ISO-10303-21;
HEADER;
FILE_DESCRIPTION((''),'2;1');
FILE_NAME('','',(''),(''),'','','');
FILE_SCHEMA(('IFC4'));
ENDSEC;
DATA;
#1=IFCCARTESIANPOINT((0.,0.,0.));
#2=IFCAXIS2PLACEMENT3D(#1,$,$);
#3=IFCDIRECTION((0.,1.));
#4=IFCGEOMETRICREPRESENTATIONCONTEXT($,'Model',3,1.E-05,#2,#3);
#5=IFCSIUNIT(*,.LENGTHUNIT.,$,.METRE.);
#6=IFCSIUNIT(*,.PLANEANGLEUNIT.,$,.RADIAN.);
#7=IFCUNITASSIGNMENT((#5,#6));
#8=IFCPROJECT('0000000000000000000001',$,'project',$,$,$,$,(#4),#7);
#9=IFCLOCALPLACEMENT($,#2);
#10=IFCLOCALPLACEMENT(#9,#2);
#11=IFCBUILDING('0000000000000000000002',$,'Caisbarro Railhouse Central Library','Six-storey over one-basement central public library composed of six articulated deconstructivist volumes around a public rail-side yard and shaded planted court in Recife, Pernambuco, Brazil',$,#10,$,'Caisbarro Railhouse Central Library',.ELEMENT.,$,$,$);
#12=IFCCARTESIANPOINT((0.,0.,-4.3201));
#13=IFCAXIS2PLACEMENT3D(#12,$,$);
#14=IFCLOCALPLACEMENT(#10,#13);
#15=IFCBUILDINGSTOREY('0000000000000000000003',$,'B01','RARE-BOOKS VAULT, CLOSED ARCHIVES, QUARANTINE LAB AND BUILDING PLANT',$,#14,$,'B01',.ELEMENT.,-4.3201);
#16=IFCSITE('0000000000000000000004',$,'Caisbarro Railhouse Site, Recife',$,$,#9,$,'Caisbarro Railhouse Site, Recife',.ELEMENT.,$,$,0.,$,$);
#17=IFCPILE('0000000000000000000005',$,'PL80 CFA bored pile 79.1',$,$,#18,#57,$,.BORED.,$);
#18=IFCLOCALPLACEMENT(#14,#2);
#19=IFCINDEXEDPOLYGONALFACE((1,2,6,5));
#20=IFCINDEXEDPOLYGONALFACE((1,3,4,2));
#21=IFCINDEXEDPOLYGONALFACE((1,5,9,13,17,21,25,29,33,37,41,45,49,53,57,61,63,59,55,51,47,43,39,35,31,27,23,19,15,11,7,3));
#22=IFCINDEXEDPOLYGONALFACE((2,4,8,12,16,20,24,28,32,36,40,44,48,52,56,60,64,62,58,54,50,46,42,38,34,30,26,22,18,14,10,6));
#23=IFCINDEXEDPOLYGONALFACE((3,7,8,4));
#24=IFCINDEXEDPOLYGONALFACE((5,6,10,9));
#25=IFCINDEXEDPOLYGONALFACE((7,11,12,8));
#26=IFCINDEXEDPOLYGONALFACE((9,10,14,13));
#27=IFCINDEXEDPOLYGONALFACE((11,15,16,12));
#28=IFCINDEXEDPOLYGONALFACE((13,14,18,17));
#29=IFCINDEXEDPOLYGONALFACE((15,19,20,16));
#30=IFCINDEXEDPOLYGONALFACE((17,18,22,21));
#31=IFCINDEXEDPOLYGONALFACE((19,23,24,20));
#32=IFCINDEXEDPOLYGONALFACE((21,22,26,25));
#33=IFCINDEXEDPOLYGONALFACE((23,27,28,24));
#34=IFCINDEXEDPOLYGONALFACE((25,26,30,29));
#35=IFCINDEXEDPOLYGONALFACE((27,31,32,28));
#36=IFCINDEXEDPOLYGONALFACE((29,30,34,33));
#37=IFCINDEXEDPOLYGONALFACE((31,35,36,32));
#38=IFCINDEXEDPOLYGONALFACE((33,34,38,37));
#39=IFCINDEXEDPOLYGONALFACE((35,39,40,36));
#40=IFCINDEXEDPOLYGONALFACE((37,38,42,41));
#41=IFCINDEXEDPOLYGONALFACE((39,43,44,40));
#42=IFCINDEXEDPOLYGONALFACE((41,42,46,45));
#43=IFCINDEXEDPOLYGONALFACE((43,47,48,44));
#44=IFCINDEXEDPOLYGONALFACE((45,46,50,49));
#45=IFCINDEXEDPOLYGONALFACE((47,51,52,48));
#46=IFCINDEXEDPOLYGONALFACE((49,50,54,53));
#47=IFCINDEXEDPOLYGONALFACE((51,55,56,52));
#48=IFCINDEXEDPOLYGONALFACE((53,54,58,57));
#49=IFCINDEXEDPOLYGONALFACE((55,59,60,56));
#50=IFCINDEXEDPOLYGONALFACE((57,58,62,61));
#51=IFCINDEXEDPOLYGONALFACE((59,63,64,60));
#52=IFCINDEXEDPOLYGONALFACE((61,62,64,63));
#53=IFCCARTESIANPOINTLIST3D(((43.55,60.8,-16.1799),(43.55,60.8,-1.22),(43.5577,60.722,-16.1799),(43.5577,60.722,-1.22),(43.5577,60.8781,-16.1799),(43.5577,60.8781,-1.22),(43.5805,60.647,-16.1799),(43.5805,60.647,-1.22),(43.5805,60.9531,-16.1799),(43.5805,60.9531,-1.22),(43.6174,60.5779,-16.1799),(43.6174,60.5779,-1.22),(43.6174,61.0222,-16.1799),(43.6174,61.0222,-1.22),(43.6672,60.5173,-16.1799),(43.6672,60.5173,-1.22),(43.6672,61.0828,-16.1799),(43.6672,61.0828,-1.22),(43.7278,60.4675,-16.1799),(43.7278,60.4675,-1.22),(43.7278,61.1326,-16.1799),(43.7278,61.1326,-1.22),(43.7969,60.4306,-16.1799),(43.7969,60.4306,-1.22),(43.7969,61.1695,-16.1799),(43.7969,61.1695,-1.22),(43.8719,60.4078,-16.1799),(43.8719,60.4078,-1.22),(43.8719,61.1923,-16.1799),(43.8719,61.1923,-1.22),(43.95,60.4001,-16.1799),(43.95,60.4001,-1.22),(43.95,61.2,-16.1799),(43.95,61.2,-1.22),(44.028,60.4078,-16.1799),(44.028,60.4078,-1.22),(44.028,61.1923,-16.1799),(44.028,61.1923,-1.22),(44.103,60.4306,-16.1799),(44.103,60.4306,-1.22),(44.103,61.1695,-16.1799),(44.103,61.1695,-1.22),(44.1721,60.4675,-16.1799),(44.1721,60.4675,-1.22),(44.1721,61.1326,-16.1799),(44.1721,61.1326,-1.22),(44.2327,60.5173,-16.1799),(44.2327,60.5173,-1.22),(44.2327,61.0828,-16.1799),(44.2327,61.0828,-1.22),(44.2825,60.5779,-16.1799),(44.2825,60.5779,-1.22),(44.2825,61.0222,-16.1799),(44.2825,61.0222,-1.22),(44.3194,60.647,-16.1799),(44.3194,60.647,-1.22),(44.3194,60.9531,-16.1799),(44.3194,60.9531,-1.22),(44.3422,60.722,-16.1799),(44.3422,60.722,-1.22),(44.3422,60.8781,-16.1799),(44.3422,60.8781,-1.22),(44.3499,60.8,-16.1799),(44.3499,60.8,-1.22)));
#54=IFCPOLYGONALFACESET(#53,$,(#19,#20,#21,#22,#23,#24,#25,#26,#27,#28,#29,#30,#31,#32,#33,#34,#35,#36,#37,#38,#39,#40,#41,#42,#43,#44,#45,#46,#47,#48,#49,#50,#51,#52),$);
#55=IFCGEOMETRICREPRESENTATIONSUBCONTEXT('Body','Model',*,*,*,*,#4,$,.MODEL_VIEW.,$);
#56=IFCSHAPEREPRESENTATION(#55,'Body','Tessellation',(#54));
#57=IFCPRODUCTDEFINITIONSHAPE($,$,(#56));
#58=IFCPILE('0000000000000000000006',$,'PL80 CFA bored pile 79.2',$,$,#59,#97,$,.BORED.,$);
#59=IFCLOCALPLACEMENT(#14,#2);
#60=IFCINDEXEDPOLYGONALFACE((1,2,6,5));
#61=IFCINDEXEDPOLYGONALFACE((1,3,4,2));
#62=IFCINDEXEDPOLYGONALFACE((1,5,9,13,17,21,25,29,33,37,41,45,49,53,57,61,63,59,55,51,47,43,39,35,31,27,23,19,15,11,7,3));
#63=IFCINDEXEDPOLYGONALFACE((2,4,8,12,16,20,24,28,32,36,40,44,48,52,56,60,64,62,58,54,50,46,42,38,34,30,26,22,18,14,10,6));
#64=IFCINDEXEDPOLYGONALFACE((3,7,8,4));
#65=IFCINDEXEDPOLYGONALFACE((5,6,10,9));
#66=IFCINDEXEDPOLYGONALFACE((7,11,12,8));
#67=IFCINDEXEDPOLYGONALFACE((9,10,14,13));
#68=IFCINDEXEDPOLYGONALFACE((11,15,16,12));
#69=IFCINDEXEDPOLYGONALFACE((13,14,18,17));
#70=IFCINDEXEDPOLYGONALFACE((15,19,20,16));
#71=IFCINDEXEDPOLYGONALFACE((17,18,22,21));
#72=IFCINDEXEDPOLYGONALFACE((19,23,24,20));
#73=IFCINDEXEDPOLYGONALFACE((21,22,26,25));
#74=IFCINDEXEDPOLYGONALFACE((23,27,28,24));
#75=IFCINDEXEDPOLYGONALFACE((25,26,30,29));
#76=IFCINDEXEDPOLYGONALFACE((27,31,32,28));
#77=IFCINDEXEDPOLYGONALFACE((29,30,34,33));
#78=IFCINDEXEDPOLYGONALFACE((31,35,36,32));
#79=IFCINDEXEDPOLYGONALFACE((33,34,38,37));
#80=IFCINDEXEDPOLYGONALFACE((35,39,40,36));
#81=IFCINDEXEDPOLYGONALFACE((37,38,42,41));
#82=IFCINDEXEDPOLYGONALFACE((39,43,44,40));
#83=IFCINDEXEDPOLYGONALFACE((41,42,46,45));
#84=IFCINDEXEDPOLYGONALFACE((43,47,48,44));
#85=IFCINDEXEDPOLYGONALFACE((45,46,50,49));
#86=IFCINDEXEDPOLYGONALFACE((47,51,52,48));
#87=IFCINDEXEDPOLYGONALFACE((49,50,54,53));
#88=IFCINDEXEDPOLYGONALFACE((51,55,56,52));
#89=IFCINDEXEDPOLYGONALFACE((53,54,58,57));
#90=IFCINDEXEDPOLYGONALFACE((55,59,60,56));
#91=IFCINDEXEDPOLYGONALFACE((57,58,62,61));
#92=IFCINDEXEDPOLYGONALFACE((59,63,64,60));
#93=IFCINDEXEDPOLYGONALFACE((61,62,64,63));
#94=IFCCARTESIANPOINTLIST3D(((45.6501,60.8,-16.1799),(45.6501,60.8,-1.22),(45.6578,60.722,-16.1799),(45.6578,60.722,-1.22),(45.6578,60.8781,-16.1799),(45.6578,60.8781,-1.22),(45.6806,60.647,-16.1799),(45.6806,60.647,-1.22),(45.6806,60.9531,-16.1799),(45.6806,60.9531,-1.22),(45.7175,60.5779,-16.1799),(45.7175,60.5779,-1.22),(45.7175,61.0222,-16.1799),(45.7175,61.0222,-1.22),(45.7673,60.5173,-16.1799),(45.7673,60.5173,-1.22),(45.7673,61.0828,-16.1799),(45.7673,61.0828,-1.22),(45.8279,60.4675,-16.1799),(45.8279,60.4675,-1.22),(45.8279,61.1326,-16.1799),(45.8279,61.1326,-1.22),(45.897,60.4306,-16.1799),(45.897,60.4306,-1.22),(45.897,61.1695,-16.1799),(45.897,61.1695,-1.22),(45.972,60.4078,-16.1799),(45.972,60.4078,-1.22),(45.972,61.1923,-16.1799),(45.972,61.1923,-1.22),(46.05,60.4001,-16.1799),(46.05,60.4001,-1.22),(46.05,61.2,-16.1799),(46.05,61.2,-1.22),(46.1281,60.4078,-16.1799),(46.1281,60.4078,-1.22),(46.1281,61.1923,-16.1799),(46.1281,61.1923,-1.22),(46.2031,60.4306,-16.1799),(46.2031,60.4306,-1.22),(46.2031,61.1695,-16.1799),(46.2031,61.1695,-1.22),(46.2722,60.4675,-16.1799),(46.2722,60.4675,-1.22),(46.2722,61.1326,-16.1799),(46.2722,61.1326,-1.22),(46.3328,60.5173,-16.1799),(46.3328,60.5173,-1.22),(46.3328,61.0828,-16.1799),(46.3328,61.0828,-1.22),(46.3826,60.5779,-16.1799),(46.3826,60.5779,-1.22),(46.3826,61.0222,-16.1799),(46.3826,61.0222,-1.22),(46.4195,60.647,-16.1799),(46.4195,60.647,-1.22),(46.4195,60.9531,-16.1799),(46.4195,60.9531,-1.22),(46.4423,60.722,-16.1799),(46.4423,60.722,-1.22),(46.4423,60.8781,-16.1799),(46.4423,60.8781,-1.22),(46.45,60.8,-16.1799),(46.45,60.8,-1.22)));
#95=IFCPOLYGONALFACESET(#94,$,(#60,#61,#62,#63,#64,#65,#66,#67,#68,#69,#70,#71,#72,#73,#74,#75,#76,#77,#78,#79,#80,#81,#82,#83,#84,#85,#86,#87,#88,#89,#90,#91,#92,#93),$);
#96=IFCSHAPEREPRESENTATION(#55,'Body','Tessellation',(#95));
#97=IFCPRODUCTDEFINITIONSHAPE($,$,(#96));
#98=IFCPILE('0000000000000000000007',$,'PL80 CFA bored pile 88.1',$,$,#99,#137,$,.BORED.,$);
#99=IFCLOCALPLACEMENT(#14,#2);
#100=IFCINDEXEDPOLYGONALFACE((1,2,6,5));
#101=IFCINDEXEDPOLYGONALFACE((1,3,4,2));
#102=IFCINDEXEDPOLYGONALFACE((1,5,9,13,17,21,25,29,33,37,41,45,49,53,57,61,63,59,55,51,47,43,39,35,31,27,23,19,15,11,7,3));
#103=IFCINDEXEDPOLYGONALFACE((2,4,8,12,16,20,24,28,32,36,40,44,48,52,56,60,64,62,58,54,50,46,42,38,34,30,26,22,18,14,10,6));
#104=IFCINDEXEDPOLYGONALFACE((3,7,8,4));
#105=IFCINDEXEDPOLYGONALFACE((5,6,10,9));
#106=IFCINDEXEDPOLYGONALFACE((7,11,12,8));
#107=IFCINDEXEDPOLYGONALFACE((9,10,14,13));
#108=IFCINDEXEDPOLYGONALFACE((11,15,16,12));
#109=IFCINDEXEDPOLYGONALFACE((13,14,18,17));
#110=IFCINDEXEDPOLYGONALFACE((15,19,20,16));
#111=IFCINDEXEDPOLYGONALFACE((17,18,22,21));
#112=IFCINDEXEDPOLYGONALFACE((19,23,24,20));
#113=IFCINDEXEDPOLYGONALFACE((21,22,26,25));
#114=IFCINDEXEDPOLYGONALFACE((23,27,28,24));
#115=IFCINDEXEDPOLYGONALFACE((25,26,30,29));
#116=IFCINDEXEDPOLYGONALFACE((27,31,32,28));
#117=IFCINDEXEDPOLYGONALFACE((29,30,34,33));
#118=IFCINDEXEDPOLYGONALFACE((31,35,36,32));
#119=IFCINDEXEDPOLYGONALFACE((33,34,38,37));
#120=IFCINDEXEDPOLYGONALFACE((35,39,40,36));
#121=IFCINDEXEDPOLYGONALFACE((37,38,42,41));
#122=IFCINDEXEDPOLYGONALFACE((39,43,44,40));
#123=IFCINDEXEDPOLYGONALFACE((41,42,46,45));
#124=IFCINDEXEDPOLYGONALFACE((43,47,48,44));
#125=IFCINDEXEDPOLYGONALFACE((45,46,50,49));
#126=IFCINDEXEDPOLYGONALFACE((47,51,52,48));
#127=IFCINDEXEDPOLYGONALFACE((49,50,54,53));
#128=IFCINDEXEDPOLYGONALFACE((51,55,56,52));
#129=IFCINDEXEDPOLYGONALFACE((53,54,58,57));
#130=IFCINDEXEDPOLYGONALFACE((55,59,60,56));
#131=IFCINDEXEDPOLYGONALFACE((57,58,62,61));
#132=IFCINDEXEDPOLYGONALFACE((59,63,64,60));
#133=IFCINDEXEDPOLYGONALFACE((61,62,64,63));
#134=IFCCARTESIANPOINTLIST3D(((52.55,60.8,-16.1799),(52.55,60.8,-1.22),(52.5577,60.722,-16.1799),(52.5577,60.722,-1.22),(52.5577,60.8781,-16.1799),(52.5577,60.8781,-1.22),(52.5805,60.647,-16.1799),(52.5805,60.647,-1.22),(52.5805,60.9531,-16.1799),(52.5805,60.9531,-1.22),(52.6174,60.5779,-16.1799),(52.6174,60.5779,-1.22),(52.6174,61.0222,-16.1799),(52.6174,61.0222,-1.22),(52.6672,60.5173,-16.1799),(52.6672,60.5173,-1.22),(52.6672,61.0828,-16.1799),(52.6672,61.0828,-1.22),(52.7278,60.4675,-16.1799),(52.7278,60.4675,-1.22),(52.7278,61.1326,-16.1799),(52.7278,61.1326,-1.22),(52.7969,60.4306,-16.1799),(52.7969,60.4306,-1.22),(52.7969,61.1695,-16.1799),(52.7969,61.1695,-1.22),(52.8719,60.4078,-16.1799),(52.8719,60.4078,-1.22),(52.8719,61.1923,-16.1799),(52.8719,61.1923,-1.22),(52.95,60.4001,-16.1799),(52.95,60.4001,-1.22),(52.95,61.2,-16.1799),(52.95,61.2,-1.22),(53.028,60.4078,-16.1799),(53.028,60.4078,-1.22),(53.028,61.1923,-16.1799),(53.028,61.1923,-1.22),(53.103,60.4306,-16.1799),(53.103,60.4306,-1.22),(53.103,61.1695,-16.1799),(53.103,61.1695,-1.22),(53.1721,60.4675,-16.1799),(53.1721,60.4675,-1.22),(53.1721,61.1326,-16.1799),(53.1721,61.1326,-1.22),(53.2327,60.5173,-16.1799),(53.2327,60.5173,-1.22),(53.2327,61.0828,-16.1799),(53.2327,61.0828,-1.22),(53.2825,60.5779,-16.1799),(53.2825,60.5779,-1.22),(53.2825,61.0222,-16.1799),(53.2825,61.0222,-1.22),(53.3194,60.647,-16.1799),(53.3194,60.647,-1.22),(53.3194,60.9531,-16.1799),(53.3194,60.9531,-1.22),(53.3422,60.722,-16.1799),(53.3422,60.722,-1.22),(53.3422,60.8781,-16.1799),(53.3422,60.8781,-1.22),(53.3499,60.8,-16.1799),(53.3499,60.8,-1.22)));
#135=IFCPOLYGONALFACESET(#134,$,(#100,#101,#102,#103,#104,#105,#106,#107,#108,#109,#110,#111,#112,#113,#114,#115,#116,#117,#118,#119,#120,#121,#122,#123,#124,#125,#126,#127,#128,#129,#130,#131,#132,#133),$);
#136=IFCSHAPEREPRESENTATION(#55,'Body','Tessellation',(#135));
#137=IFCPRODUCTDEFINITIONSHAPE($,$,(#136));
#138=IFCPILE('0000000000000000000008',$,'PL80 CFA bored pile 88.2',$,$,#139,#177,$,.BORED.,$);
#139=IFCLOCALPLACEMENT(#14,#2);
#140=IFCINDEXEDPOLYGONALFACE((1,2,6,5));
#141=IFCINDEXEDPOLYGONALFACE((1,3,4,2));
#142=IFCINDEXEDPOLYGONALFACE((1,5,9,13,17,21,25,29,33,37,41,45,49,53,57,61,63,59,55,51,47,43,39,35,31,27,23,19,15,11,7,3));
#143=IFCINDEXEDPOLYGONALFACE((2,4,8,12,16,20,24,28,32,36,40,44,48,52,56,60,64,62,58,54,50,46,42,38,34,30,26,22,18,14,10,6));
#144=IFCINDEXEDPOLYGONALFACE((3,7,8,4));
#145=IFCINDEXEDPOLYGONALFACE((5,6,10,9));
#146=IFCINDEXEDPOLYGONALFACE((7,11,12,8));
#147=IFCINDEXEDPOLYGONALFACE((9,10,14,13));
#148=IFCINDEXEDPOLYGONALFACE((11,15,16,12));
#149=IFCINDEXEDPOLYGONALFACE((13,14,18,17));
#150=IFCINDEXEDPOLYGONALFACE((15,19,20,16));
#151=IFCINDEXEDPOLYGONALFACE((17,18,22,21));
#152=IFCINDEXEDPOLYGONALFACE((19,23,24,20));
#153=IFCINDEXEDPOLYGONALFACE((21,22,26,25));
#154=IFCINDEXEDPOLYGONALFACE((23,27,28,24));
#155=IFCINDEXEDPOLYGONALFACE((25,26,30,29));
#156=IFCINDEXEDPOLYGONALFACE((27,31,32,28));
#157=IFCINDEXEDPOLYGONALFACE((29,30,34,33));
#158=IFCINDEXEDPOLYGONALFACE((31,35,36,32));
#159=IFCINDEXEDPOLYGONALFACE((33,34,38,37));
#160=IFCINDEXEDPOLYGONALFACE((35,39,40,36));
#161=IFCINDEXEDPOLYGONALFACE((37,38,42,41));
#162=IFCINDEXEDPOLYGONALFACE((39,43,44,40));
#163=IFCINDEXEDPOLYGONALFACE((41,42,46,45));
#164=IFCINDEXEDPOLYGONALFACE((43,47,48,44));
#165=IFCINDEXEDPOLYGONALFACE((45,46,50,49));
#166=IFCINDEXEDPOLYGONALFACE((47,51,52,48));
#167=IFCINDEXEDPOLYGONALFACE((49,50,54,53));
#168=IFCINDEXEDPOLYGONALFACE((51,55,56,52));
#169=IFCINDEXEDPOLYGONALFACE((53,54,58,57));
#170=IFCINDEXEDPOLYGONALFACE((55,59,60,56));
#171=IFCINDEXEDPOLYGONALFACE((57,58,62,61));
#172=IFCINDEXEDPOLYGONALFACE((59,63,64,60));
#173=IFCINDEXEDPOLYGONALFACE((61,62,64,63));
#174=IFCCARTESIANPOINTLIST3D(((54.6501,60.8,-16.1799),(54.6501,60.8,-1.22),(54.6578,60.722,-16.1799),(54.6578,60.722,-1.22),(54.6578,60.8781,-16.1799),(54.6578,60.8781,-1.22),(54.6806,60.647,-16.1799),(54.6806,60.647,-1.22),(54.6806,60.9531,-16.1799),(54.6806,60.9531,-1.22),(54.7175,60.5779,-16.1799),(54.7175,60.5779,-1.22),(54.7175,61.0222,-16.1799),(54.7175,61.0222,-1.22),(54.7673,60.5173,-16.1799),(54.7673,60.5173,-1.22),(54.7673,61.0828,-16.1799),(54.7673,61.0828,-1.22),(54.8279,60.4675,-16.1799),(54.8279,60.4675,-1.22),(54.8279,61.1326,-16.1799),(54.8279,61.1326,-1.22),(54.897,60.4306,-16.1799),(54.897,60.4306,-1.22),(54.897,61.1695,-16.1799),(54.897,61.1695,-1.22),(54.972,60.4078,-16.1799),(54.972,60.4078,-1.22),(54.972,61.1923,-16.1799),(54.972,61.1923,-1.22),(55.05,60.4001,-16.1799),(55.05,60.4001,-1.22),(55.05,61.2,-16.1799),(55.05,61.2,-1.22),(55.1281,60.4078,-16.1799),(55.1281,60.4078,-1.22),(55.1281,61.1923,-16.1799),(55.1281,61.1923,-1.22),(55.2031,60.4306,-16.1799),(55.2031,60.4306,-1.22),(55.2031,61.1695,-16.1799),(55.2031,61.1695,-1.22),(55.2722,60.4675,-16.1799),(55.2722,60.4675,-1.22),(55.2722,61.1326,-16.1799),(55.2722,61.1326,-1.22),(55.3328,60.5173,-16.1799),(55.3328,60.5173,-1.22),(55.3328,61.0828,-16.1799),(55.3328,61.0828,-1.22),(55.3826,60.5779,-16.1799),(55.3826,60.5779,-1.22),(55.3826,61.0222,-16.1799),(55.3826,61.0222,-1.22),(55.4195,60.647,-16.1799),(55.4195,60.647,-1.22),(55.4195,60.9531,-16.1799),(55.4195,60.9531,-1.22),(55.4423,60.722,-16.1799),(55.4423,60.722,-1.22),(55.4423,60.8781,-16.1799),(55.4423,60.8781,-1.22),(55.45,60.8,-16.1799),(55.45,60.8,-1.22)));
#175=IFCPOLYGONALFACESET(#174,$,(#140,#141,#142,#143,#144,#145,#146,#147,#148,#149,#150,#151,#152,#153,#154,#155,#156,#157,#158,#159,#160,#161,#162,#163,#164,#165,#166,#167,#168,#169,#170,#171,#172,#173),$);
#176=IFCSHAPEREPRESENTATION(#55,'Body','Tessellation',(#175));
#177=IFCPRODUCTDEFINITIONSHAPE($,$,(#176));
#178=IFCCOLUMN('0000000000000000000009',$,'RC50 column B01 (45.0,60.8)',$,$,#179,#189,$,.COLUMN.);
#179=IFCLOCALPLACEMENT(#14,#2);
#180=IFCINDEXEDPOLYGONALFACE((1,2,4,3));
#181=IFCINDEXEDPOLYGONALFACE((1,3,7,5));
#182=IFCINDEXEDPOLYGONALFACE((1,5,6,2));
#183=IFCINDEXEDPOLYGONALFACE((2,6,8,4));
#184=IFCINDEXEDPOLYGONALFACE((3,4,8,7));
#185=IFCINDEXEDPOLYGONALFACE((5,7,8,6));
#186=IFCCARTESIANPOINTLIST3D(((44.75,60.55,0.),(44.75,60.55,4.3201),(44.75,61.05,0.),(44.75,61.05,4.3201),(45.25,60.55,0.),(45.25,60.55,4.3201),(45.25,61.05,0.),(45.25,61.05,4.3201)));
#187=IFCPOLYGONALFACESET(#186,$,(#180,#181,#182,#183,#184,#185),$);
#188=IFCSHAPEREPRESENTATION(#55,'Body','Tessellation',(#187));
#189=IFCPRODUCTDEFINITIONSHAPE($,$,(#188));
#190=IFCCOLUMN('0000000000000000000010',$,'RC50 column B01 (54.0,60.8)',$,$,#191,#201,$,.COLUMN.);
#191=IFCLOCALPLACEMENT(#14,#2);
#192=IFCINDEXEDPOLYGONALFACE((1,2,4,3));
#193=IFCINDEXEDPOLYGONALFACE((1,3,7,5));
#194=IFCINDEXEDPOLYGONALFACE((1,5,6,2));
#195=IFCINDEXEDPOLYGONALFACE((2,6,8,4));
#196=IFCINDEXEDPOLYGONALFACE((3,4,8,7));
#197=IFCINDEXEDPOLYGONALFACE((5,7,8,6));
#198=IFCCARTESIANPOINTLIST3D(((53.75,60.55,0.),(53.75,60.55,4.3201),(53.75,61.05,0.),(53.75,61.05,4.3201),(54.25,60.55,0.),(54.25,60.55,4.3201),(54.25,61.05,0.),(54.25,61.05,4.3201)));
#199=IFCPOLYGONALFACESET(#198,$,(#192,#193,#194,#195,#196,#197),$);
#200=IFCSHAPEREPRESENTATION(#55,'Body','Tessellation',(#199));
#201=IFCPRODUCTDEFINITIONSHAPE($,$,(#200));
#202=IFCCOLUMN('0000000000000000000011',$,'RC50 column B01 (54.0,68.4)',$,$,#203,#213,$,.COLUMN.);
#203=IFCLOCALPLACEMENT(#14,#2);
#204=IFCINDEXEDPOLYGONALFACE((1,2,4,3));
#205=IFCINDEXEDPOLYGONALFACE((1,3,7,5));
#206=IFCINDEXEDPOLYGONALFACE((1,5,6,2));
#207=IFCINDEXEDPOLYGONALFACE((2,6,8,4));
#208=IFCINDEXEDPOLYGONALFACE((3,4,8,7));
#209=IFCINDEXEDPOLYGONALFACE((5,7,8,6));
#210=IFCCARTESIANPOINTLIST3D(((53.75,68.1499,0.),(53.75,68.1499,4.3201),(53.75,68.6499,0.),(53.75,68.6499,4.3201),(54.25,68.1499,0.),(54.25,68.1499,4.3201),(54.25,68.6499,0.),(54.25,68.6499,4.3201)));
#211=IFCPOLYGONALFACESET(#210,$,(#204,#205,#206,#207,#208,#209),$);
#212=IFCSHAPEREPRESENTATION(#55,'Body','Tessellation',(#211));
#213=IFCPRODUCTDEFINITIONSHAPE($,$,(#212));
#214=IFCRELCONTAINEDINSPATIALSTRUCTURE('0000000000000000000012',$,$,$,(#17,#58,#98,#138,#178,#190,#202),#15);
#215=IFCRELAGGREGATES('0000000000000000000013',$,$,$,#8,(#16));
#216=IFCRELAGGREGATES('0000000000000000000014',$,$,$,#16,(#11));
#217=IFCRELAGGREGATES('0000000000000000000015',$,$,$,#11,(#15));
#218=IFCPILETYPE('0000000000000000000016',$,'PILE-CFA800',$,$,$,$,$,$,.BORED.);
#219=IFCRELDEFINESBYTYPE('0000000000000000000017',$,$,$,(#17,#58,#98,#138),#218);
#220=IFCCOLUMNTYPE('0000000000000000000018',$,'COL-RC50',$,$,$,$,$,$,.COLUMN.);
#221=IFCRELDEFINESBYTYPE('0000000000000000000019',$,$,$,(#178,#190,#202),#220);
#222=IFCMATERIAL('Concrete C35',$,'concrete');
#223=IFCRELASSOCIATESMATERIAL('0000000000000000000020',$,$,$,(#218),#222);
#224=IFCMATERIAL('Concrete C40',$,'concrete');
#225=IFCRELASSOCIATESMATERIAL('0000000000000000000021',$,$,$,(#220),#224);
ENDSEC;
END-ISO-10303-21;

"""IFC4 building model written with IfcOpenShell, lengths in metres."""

from ifc_helpers import new_model, si_unit, direction, frame, origin, origin_2d, place, context, subcontext, project, spatial, rectangle, circle, extrude, material, material_profile, profile_set, type_object, element, save


model = new_model("IFC4")

# Units and contexts
model_context = context("Model", 3, precision=1e-05, world=origin(), true_north=direction((0.0, 1.0)))
body_context = subcontext(model_context, "Body", "Model", "MODEL_VIEW")
ifc_project = project(units=[si_unit("LENGTHUNIT", "METRE"), si_unit("PLANEANGLEUNIT", "RADIAN")], contexts=[model_context])

# Site, building, storey
site_placement = place(None, origin())
site = spatial("IfcSite", under=ifc_project, at=site_placement, Name="Caisbarro Railhouse Site, Recife", LongName="Caisbarro Railhouse Site, Recife", CompositionType="ELEMENT", RefElevation=0.0)
building_placement = place(site_placement, origin())
building = spatial("IfcBuilding", under=site, at=building_placement, Name="Caisbarro Railhouse Central Library", Description="Six-storey over one-basement central public library composed of six articulated deconstructivist volumes around a public rail-side yard and shaded planted court in Recife, Pernambuco, Brazil", LongName="Caisbarro Railhouse Central Library", CompositionType="ELEMENT")
storey_placement = place(building_placement, frame((0.0, 0.0, -4.3201)))
storey = spatial("IfcBuildingStorey", under=building, at=storey_placement, Name="B01", Description="RARE-BOOKS VAULT, CLOSED ARCHIVES, QUARANTINE LAB AND BUILDING PLANT", LongName="B01", CompositionType="ELEMENT", Elevation=-4.3201)

# Shared definitions
ifc_material_1 = material(Name="Concrete C35", Category="concrete")
ifc_material_2 = material(Name="Concrete C40", Category="concrete")

# Piles
ifc_material_profile_1 = material_profile(ifc_material_1, circle(Radius=0.3999, at=origin_2d()), Name="PILE-CFA-800")
ifc_profile_set_1 = profile_set([ifc_material_profile_1], Name="Concrete C35")
pile_type_1 = type_object("IfcPileType", Name="PILE-CFA800", PredefinedType="BORED", material=ifc_profile_set_1)
for number, where, z_axis, x_axis, name in (
    (1, (43.95, 60.8, -1.22), (0.0, 0.0, -1.0), (1.0, 0.0, 0.0), "PL80 CFA bored pile 79.1"),
    (2, (46.05, 60.8, -1.22), (0.0, 0.0, -1.0), (1.0, 0.0, 0.0), "PL80 CFA bored pile 79.2"),
    (3, (52.95, 60.8, -1.22), (0.0, 0.0, -1.0), (1.0, 0.0, 0.0), "PL80 CFA bored pile 88.1"),
    (4, (55.05, 60.8, -1.22), (0.0, 0.0, -1.0), (1.0, 0.0, 0.0), "PL80 CFA bored pile 88.2"),
):
    element("IfcPile", number, at=place(storey_placement, frame(where, z_axis=z_axis, x_axis=x_axis)), inside=storey, type_object=pile_type_1, Name=name, PredefinedType="BORED", context=body_context, shape_type="SweptSolid", body=[
        extrude(circle(Radius=0.3999, at=origin_2d()), origin(), (0.0, 0.0, 1.0), 14.96),
    ])

# Columns
ifc_material_profile_2 = material_profile(ifc_material_2, rectangle(XDim=0.5, YDim=0.5, at=origin_2d()), Name="RC-COL-500X500")
ifc_profile_set_2 = profile_set([ifc_material_profile_2], Name="Concrete C40")
column_type = type_object("IfcColumnType", Name="COL-RC50", PredefinedType="COLUMN", material=ifc_profile_set_2)
for number, where, z_axis, x_axis, name in (
    (5, (45.0, 60.8, 0.0), (0.0, 0.0, 1.0), (1.0, 0.0, 0.0), "RC50 column B01 (45.0,60.8)"),
    (6, (54.0, 60.8, 0.0), (0.0, 0.0, 1.0), (1.0, 0.0, 0.0), "RC50 column B01 (54.0,60.8)"),
    (7, (54.0, 68.3999, 0.0), (0.0, 0.0, 1.0), (1.0, 0.0, 0.0), "RC50 column B01 (54.0,68.4)"),
):
    element("IfcColumn", number, at=place(storey_placement, frame(where, z_axis=z_axis, x_axis=x_axis)), inside=storey, type_object=column_type, Name=name, PredefinedType="COLUMN", context=body_context, shape_type="SweptSolid", body=[
        extrude(rectangle(XDim=0.5, YDim=0.5, at=origin_2d()), origin(), (0.0, 0.0, 1.0), 4.3201),
    ])

save(model, "model.ifc")
